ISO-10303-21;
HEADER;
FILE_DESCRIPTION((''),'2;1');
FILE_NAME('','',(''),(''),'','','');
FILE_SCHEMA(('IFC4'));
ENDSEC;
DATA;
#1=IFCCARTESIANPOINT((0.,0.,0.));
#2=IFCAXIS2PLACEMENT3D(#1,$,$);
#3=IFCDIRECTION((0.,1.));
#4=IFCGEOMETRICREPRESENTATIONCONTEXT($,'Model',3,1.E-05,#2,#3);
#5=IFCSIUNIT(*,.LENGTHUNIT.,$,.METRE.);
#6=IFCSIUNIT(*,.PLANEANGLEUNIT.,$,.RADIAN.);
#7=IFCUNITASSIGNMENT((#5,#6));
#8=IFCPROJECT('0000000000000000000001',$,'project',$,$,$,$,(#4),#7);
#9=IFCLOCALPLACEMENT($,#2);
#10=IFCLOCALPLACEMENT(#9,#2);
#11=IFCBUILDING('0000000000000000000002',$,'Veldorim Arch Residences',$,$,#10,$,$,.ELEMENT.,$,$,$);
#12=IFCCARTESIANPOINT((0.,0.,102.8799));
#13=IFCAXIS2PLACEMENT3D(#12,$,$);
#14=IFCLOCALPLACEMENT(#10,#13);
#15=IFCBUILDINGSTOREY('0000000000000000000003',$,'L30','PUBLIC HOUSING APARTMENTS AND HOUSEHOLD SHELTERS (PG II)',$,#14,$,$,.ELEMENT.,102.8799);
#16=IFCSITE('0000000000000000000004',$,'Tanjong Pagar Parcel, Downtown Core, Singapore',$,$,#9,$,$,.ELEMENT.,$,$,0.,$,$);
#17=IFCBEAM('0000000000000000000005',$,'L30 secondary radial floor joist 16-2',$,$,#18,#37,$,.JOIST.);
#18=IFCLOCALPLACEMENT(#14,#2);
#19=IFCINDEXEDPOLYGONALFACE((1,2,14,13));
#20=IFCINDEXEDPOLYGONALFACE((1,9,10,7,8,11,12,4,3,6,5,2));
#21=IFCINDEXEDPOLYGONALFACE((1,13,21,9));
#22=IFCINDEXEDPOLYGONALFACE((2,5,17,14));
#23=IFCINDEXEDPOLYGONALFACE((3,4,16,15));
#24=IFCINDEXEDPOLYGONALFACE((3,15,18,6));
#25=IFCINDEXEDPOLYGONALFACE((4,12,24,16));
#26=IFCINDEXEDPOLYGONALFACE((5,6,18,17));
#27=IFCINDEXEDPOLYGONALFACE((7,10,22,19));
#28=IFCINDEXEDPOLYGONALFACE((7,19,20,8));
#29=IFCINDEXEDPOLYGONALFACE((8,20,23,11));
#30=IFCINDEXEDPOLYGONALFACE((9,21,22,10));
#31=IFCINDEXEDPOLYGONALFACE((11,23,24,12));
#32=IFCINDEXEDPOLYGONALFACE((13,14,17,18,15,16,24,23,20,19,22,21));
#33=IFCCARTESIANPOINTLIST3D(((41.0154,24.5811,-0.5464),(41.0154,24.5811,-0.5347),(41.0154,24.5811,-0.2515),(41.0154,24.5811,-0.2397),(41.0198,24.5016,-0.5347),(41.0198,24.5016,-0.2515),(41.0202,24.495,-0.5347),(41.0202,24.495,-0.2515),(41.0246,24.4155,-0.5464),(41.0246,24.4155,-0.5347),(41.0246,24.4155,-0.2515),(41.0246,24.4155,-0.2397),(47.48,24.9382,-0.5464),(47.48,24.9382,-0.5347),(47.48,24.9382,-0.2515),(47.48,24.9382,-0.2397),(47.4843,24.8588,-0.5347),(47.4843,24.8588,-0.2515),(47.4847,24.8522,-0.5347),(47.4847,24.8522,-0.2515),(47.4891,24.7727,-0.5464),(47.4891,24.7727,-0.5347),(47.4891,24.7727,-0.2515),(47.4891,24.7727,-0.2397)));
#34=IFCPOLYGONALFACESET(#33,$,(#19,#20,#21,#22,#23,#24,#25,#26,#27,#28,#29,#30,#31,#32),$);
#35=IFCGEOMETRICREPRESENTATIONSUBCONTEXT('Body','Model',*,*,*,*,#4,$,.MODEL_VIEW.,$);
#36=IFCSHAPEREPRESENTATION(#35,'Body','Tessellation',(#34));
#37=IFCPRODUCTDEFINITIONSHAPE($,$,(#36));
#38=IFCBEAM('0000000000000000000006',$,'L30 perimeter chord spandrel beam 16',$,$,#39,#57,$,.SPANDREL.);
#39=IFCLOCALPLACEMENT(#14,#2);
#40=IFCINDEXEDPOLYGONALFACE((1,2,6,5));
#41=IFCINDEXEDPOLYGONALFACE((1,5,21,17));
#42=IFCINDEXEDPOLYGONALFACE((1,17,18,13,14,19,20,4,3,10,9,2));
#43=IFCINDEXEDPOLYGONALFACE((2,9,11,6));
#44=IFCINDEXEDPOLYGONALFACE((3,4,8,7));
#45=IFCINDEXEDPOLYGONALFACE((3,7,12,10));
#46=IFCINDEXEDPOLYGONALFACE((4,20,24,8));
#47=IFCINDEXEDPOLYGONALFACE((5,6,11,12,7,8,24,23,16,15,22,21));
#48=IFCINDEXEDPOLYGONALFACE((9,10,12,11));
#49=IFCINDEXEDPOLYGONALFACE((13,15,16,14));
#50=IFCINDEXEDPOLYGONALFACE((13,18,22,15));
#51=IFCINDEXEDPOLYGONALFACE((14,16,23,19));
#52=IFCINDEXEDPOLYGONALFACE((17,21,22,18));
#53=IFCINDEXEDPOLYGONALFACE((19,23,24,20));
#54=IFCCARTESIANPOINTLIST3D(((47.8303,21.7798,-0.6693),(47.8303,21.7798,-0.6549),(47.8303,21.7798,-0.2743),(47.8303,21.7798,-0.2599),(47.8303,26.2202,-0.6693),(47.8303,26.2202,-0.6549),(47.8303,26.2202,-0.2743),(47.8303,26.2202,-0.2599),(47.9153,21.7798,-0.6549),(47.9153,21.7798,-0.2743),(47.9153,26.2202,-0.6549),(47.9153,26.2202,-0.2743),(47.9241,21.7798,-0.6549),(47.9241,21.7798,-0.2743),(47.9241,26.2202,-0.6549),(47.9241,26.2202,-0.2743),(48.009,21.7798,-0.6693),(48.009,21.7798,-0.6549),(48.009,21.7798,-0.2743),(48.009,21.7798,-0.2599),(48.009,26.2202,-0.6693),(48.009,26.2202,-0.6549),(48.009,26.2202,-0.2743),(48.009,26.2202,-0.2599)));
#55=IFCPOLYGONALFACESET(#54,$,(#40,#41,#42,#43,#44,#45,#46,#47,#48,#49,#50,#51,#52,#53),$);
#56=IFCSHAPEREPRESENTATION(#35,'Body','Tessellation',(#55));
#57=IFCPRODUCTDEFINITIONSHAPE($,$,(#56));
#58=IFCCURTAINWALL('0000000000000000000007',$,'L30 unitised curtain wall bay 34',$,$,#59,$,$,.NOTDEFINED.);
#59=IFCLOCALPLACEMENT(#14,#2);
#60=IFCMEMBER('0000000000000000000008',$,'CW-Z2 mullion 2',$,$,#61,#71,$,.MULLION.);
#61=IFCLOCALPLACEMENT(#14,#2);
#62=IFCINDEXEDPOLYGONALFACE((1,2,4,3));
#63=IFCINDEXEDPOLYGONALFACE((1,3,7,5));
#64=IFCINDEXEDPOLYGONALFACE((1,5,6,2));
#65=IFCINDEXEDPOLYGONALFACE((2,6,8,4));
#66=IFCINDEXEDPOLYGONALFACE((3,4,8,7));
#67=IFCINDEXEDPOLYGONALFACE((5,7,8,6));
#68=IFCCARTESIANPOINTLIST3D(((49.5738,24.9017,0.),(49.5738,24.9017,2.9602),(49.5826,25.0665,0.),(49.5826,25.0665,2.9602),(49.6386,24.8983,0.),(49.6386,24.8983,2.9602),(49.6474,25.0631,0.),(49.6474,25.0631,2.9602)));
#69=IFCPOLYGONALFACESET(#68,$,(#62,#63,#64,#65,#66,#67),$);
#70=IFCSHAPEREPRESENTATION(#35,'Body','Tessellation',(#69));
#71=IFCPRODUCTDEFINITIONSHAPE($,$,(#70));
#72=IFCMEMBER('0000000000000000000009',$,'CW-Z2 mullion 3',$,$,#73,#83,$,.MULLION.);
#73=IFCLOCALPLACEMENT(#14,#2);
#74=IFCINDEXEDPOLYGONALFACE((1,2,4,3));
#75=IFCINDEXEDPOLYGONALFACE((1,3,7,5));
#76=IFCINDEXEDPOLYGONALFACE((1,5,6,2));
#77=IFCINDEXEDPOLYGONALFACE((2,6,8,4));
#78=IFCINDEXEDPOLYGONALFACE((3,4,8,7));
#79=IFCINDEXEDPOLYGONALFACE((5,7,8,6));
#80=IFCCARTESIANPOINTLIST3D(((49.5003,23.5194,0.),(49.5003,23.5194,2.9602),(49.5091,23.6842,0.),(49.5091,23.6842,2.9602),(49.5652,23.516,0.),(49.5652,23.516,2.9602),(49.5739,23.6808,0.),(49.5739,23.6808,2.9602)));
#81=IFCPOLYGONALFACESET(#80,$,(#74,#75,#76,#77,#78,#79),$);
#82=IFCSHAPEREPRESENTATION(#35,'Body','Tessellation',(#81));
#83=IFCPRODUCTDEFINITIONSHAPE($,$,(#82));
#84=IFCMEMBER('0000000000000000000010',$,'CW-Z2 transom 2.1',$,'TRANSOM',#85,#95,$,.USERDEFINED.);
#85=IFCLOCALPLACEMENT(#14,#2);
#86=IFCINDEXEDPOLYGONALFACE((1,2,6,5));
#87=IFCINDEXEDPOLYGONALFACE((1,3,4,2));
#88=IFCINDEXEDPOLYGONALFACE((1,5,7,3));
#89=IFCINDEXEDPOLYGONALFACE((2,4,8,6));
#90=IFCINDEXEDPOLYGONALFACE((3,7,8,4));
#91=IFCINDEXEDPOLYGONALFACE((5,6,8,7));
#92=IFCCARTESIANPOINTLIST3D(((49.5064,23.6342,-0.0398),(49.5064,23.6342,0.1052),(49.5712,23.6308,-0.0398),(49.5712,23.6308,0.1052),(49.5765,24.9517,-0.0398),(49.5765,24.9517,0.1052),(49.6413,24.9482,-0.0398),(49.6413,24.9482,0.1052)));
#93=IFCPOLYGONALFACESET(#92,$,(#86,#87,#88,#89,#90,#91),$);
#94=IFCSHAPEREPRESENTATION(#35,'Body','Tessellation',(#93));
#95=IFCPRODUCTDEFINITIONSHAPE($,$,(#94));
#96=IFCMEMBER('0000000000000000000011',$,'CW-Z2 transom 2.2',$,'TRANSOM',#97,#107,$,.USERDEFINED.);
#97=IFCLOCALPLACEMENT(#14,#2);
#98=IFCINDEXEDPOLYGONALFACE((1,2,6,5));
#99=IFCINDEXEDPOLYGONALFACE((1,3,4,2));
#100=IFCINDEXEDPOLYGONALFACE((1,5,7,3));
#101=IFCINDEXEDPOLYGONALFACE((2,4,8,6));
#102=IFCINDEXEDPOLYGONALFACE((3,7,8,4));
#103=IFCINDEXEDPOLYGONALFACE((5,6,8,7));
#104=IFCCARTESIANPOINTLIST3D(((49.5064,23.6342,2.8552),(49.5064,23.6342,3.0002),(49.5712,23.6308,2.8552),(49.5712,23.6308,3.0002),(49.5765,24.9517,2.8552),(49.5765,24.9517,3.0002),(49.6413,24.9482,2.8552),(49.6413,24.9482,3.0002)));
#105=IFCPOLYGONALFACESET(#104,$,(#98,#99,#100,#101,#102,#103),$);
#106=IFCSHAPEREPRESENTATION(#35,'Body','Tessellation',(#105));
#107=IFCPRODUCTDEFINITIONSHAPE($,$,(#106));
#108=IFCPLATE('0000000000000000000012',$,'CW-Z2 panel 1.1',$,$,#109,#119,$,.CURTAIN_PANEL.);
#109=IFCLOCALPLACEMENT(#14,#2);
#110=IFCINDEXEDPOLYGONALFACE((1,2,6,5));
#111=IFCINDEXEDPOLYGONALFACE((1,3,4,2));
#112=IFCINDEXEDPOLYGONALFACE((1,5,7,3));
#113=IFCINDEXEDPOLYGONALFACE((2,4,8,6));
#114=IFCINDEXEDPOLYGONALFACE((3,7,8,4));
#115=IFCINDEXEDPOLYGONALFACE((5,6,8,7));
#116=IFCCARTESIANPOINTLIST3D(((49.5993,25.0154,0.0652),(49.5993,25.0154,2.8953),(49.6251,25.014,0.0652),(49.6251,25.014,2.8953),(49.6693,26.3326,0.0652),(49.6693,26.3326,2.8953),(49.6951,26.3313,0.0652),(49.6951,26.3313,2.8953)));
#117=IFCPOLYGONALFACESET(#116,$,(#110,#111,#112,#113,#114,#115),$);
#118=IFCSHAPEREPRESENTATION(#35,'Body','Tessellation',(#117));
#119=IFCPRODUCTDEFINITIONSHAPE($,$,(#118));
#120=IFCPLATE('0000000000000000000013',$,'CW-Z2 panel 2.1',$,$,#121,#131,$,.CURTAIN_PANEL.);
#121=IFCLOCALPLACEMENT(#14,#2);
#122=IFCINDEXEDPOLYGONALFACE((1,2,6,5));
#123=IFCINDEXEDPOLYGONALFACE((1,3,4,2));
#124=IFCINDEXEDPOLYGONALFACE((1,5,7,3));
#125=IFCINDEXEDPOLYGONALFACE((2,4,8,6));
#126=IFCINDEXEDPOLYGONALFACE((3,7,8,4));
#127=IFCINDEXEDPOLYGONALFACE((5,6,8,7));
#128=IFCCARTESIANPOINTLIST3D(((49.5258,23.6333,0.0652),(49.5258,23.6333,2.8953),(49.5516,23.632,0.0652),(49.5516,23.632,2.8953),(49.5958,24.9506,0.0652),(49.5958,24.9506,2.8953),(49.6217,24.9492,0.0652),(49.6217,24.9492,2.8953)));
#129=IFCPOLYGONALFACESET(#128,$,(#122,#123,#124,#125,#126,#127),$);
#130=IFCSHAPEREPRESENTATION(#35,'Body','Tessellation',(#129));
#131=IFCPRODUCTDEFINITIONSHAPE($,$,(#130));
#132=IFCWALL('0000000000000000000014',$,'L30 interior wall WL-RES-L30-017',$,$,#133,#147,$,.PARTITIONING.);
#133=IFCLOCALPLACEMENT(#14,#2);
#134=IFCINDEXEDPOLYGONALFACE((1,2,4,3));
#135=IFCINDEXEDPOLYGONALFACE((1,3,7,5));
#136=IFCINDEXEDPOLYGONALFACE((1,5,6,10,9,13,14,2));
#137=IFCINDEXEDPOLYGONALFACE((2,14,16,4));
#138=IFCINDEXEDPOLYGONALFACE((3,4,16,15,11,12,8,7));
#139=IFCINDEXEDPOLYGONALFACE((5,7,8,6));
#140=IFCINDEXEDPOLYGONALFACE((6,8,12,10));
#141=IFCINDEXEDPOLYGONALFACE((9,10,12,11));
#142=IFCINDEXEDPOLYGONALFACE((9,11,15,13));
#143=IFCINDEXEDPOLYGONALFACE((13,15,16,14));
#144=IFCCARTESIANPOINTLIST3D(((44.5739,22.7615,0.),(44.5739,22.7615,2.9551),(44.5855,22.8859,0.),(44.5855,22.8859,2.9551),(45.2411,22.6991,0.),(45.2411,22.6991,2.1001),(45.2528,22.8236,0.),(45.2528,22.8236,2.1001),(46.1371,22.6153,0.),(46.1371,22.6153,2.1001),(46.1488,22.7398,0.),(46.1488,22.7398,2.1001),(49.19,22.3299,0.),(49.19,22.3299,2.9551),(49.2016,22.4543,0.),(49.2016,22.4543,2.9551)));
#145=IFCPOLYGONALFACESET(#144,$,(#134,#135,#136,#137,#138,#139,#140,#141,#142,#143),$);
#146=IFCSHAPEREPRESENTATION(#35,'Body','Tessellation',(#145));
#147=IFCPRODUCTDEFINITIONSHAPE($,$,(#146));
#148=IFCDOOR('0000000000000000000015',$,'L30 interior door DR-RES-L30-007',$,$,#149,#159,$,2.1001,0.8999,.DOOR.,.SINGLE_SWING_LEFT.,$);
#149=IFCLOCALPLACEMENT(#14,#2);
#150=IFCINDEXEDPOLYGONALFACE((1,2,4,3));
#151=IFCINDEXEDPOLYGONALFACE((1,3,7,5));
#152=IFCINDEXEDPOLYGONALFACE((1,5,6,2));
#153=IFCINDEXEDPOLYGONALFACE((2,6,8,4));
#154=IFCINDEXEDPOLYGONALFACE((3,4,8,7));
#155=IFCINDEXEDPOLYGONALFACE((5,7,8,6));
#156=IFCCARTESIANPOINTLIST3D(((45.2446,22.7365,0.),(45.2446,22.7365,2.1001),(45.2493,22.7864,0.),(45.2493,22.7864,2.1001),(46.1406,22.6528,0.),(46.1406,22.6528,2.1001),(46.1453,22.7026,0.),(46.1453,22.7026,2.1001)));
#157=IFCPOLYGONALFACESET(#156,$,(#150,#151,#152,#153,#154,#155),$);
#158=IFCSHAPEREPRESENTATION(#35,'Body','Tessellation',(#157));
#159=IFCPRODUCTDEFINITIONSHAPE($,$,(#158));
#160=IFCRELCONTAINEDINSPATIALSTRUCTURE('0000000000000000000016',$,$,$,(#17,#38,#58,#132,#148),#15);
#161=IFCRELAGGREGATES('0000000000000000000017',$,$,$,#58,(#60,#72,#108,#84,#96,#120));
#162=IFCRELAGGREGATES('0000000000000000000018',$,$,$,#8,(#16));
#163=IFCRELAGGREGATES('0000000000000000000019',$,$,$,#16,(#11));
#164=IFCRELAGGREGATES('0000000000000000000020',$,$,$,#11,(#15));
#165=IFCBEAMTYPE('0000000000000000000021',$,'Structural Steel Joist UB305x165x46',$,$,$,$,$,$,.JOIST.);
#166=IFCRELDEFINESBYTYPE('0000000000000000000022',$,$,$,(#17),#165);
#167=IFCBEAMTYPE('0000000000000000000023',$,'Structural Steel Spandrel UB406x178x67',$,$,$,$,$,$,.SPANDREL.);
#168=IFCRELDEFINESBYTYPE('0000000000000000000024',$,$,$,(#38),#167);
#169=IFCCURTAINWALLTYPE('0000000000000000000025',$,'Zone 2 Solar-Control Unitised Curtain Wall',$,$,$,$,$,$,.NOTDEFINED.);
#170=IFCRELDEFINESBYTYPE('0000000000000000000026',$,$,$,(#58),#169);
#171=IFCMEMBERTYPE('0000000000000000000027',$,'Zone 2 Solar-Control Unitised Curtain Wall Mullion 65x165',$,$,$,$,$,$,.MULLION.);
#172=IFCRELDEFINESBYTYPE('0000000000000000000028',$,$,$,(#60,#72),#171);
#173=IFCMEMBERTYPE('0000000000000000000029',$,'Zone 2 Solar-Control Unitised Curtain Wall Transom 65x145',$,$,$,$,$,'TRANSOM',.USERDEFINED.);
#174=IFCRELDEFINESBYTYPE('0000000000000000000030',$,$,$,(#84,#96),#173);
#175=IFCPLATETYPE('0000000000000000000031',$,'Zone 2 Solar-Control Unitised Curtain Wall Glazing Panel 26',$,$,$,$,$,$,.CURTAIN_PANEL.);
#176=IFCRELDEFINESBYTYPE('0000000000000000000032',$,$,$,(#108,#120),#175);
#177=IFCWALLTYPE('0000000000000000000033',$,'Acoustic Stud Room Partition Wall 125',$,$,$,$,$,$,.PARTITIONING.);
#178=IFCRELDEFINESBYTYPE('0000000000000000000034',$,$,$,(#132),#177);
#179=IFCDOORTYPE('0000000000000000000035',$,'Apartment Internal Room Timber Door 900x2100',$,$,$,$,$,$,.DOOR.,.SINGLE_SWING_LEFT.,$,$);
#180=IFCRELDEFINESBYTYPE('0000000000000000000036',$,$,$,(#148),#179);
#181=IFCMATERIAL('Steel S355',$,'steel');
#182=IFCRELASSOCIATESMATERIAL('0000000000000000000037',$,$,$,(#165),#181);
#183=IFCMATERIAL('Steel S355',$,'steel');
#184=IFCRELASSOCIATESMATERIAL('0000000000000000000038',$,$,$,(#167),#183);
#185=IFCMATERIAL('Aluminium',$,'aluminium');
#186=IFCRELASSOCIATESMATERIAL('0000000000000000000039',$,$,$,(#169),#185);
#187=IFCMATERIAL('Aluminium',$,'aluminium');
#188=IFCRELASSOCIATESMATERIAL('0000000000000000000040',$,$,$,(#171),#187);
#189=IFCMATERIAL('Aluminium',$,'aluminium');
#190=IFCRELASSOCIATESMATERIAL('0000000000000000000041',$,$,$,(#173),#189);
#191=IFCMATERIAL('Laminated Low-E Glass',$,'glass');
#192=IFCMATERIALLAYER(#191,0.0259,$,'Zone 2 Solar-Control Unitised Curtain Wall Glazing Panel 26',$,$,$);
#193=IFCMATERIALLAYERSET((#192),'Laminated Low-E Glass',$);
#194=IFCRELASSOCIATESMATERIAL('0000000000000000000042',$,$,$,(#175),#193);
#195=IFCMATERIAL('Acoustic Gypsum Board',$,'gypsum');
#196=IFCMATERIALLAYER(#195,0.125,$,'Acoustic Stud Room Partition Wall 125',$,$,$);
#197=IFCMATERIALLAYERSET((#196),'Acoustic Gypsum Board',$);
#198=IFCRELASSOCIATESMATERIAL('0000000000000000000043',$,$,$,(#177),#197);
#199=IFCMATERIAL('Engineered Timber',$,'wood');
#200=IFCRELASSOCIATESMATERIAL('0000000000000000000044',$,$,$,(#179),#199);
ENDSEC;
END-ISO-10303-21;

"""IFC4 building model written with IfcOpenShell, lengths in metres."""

from ifc_helpers import new_model, si_unit, direction, frame, frame_2d, origin, origin_2d, place, context, subcontext, project, spatial, rectangle, i_section, extrude, material, layer, layer_set, material_profile, profile_set, type_object, element, fill, aggregate, save


model = new_model("IFC4")

# Units and contexts
model_context = context("Model", 3, precision=1e-05, world=origin(), true_north=direction((0.0, 1.0)))
body_context = subcontext(model_context, "Body", "Model", "MODEL_VIEW")
ifc_project = project(units=[si_unit("LENGTHUNIT", "METRE"), si_unit("PLANEANGLEUNIT", "RADIAN")], contexts=[model_context])

# Site, building, storey
site_placement = place(None, origin())
site = spatial("IfcSite", under=ifc_project, at=site_placement, Name="Tanjong Pagar Parcel, Downtown Core, Singapore", CompositionType="ELEMENT", RefElevation=0.0)
building_placement = place(site_placement, origin())
building = spatial("IfcBuilding", under=site, at=building_placement, Name="Veldorim Arch Residences", CompositionType="ELEMENT")
storey_placement = place(building_placement, frame((0.0, 0.0, 102.8799)))
storey = spatial("IfcBuildingStorey", under=building, at=storey_placement, Name="L30", Description="PUBLIC HOUSING APARTMENTS AND HOUSEHOLD SHELTERS (PG II)", CompositionType="ELEMENT", Elevation=102.8799)

# Beams
ifc_material_1 = material(Name="Steel S355", Category="steel")
ifc_material_profile_1 = material_profile(ifc_material_1, i_section(OverallWidth=0.1658, OverallDepth=0.3066, WebThickness=0.0066, FlangeThickness=0.0117, at=origin_2d()), Name="UB305x165x46")
ifc_profile_set_1 = profile_set([ifc_material_profile_1], Name="Steel S355")
beam_type_1 = type_object("IfcBeamType", Name="Structural Steel Joist UB305x165x46", PredefinedType="JOIST", material=ifc_profile_set_1)
for number, where, z_axis, x_axis, name in (
    (1, (41.02, 24.4983, -0.3931), (0.998477, 0.055167, 0.0), (-0.055167, 0.998477, 0.0), "L30 secondary radial floor joist 16-2"),
):
    element("IfcBeam", number, at=place(storey_placement, frame(where, z_axis=z_axis, x_axis=x_axis)), inside=storey, type_object=beam_type_1, Name=name, PredefinedType="JOIST", context=body_context, shape_type="SweptSolid", body=[
        extrude(i_section(OverallWidth=0.1658, OverallDepth=0.3066, WebThickness=0.0066, FlangeThickness=0.0117, at=origin_2d()), origin(), (0.0, 0.0, 1.0), 6.4744),
    ])
ifc_material_2 = material(Name="Steel S355", Category="steel")
ifc_material_profile_2 = material_profile(ifc_material_2, i_section(OverallWidth=0.1787, OverallDepth=0.4094, WebThickness=0.0088, FlangeThickness=0.0144, at=origin_2d()), Name="UB406x178x67")
ifc_profile_set_2 = profile_set([ifc_material_profile_2], Name="Steel S355")
beam_type_2 = type_object("IfcBeamType", Name="Structural Steel Spandrel UB406x178x67", PredefinedType="SPANDREL", material=ifc_profile_set_2)
beam_1_placement = place(storey_placement, frame((47.9197, 21.7798, -0.4646), z_axis=(0.0, 1.0, 0.0), x_axis=(-1.0, 0.0, 0.0)))
element("IfcBeam", 2, at=beam_1_placement, inside=storey, type_object=beam_type_2, Name="L30 perimeter chord spandrel beam 16", PredefinedType="SPANDREL", context=body_context, shape_type="SweptSolid", body=[
    extrude(i_section(OverallWidth=0.1787, OverallDepth=0.4094, WebThickness=0.0088, FlangeThickness=0.0144, at=origin_2d()), origin(), (0.0, 0.0, 1.0), 4.4404),
])

# Curtain wall, members, plates
ifc_material_3 = material(Name="Aluminium", Category="aluminium")
curtain_wall_type = type_object("IfcCurtainWallType", Name="Zone 2 Solar-Control Unitised Curtain Wall", PredefinedType="NOTDEFINED", material=ifc_material_3)
curtain_wall_placement = place(storey_placement, origin())
curtain_wall = element("IfcCurtainWall", 3, at=curtain_wall_placement, inside=storey, type_object=curtain_wall_type, Name="L30 unitised curtain wall bay 34", PredefinedType="NOTDEFINED")
ifc_material_4 = material(Name="Aluminium", Category="aluminium")
ifc_material_profile_3 = material_profile(ifc_material_4, rectangle(XDim=0.0649, YDim=0.165, at=origin_2d()), Name="ALU_MUL_65x165")
ifc_profile_set_3 = profile_set([ifc_material_profile_3], Name="Aluminium")
member_type_1 = type_object("IfcMemberType", Name="Zone 2 Solar-Control Unitised Curtain Wall Mullion 65x165", PredefinedType="MULLION", material=ifc_profile_set_3)
member_1_placement = place(storey_placement, frame((49.6106, 24.9824, 0.0), z_axis=(0.0, 0.0, 1.0), x_axis=(0.99859, -0.053083, 0.0)))
member_1 = element("IfcMember", 4, at=member_1_placement, type_object=member_type_1, Name="CW-Z2 mullion 2", PredefinedType="MULLION", context=body_context, shape_type="SweptSolid", body=[
    extrude(rectangle(XDim=0.0649, YDim=0.165, at=origin_2d()), origin(), (0.0, 0.0, 1.0), 2.9602),
])
member_2_placement = place(storey_placement, frame((49.5371, 23.6001, 0.0), z_axis=(0.0, 0.0, 1.0), x_axis=(0.99859, -0.053083, 0.0)))
member_2 = element("IfcMember", 5, at=member_2_placement, type_object=member_type_1, Name="CW-Z2 mullion 3", PredefinedType="MULLION", context=body_context, shape_type="SweptSolid", body=[
    extrude(rectangle(XDim=0.0649, YDim=0.165, at=origin_2d()), origin(), (0.0, 0.0, 1.0), 2.9602),
])
ifc_material_5 = material(Name="Aluminium", Category="aluminium")
ifc_material_profile_4 = material_profile(ifc_material_5, rectangle(XDim=0.0649, YDim=0.145, at=origin_2d()), Name="ALU_TRN_65x145")
ifc_profile_set_4 = profile_set([ifc_material_profile_4], Name="Aluminium")
member_type_2 = type_object("IfcMemberType", Name="Zone 2 Solar-Control Unitised Curtain Wall Transom 65x145", ElementType="TRANSOM", PredefinedType="USERDEFINED", material=ifc_profile_set_4)
member_3_placement = place(storey_placement, frame((49.6089, 24.95, 0.0327), z_axis=(-0.053112, -0.998589, 0.0), x_axis=(0.998589, -0.053112, 0.0)))
member_3 = element("IfcMember", 6, at=member_3_placement, type_object=member_type_2, Name="CW-Z2 transom 2.1", ObjectType="TRANSOM", PredefinedType="USERDEFINED", context=body_context, shape_type="SweptSolid", body=[
    extrude(rectangle(XDim=0.0649, YDim=0.145, at=origin_2d()), origin(), (0.0, 0.0, 1.0), 1.3193),
])
member_4_placement = place(storey_placement, frame((49.6089, 24.95, 2.9277), z_axis=(-0.053112, -0.998589, 0.0), x_axis=(0.998589, -0.053112, 0.0)))
member_4 = element("IfcMember", 7, at=member_4_placement, type_object=member_type_2, Name="CW-Z2 transom 2.2", ObjectType="TRANSOM", PredefinedType="USERDEFINED", context=body_context, shape_type="SweptSolid", body=[
    extrude(rectangle(XDim=0.0649, YDim=0.145, at=origin_2d()), origin(), (0.0, 0.0, 1.0), 1.3193),
])
ifc_material_6 = material(Name="Laminated Low-E Glass", Category="glass")
ifc_layer_1 = layer(ifc_material_6, 0.0259, Name="Zone 2 Solar-Control Unitised Curtain Wall Glazing Panel 26")
ifc_layer_set_1 = layer_set([ifc_layer_1], Name="Laminated Low-E Glass")
plate_type = type_object("IfcPlateType", Name="Zone 2 Solar-Control Unitised Curtain Wall Glazing Panel 26", PredefinedType="CURTAIN_PANEL", material=ifc_layer_set_1)
plate_1_placement = place(storey_placement, frame((49.6472, 25.6733, 0.0652), z_axis=(0.0, 0.0, 1.0), x_axis=(-0.053083, -0.99859, 0.0)))
plate_1 = element("IfcPlate", 8, at=plate_1_placement, type_object=plate_type, Name="CW-Z2 panel 1.1", PredefinedType="CURTAIN_PANEL", context=body_context, shape_type="SweptSolid", body=[
    extrude(rectangle(XDim=1.3191, YDim=0.0259, at=origin_2d()), origin(), (0.0, 0.0, 1.0), 2.8301),
])
plate_2_placement = place(storey_placement, frame((49.5737, 24.2913, 0.0652), z_axis=(0.0, 0.0, 1.0), x_axis=(-0.053083, -0.99859, 0.0)))
plate_2 = element("IfcPlate", 9, at=plate_2_placement, type_object=plate_type, Name="CW-Z2 panel 2.1", PredefinedType="CURTAIN_PANEL", context=body_context, shape_type="SweptSolid", body=[
    extrude(rectangle(XDim=1.3191, YDim=0.0259, at=origin_2d()), origin(), (0.0, 0.0, 1.0), 2.8301),
])
aggregate(curtain_wall, [member_1, member_2, plate_1, member_3, member_4, plate_2])

# Wall, opening, door
ifc_material_7 = material(Name="Acoustic Gypsum Board", Category="gypsum")
ifc_layer_2 = layer(ifc_material_7, 0.125, Name="Acoustic Stud Room Partition Wall 125")
ifc_layer_set_2 = layer_set([ifc_layer_2], Name="Acoustic Gypsum Board")
wall_type_1 = type_object("IfcWallType", Name="Acoustic Stud Room Partition Wall 125", PredefinedType="PARTITIONING", material=ifc_layer_set_2)
wall_1_placement = place(storey_placement, frame((49.1958, 22.3921, 0.0), z_axis=(0.0, 0.0, 1.0), x_axis=(-0.995657, 0.093099, 0.0)))
wall_1 = element("IfcWall", 10, at=wall_1_placement, inside=storey, type_object=wall_type_1, Name="L30 interior wall WL-RES-L30-017", PredefinedType="PARTITIONING", context=body_context, shape_type="SweptSolid", body=[
    extrude(rectangle(XDim=4.6362, YDim=0.125, at=frame_2d((2.3181, 0.0))), origin(), (0.0, 0.0, 1.0), 2.9551),
])
opening_1_placement = place(wall_1_placement, frame((3.0662, 0.0, 0.0)))
opening_1 = element("IfcOpeningElement", 11, at=opening_1_placement, cuts=wall_1, PredefinedType="OPENING", context=body_context, shape_type="SweptSolid", body=[
    extrude(rectangle(XDim=0.8999, YDim=2.1001, at=frame_2d((0.45, 1.05))), frame((0.0, 0.0725, 0.0), z_axis=(0.0, -1.0, 0.0), x_axis=(1.0, 0.0, 0.0)), (0.0, 0.0, 1.0), 0.145),
])
ifc_material_8 = material(Name="Engineered Timber", Category="wood")
door_type = type_object("IfcDoorType", Name="Apartment Internal Room Timber Door 900x2100", OperationType="SINGLE_SWING_LEFT", PredefinedType="DOOR", material=ifc_material_8)
door_1_placement = place(opening_1_placement, origin())
door_1 = element("IfcDoor", 12, at=door_1_placement, inside=storey, type_object=door_type, Name="L30 interior door DR-RES-L30-007", OperationType="SINGLE_SWING_LEFT", OverallHeight=2.1001, OverallWidth=0.8999, PredefinedType="DOOR", context=body_context, shape_type="SweptSolid", body=[
    extrude(rectangle(XDim=0.8999, YDim=2.1001, at=frame_2d((0.45, 1.05))), frame((0.0, 0.0249, 0.0), z_axis=(0.0, -1.0, 0.0), x_axis=(1.0, 0.0, 0.0)), (0.0, 0.0, 1.0), 0.05),
])
fill(opening_1, door_1)

save(model, "model.ifc")
